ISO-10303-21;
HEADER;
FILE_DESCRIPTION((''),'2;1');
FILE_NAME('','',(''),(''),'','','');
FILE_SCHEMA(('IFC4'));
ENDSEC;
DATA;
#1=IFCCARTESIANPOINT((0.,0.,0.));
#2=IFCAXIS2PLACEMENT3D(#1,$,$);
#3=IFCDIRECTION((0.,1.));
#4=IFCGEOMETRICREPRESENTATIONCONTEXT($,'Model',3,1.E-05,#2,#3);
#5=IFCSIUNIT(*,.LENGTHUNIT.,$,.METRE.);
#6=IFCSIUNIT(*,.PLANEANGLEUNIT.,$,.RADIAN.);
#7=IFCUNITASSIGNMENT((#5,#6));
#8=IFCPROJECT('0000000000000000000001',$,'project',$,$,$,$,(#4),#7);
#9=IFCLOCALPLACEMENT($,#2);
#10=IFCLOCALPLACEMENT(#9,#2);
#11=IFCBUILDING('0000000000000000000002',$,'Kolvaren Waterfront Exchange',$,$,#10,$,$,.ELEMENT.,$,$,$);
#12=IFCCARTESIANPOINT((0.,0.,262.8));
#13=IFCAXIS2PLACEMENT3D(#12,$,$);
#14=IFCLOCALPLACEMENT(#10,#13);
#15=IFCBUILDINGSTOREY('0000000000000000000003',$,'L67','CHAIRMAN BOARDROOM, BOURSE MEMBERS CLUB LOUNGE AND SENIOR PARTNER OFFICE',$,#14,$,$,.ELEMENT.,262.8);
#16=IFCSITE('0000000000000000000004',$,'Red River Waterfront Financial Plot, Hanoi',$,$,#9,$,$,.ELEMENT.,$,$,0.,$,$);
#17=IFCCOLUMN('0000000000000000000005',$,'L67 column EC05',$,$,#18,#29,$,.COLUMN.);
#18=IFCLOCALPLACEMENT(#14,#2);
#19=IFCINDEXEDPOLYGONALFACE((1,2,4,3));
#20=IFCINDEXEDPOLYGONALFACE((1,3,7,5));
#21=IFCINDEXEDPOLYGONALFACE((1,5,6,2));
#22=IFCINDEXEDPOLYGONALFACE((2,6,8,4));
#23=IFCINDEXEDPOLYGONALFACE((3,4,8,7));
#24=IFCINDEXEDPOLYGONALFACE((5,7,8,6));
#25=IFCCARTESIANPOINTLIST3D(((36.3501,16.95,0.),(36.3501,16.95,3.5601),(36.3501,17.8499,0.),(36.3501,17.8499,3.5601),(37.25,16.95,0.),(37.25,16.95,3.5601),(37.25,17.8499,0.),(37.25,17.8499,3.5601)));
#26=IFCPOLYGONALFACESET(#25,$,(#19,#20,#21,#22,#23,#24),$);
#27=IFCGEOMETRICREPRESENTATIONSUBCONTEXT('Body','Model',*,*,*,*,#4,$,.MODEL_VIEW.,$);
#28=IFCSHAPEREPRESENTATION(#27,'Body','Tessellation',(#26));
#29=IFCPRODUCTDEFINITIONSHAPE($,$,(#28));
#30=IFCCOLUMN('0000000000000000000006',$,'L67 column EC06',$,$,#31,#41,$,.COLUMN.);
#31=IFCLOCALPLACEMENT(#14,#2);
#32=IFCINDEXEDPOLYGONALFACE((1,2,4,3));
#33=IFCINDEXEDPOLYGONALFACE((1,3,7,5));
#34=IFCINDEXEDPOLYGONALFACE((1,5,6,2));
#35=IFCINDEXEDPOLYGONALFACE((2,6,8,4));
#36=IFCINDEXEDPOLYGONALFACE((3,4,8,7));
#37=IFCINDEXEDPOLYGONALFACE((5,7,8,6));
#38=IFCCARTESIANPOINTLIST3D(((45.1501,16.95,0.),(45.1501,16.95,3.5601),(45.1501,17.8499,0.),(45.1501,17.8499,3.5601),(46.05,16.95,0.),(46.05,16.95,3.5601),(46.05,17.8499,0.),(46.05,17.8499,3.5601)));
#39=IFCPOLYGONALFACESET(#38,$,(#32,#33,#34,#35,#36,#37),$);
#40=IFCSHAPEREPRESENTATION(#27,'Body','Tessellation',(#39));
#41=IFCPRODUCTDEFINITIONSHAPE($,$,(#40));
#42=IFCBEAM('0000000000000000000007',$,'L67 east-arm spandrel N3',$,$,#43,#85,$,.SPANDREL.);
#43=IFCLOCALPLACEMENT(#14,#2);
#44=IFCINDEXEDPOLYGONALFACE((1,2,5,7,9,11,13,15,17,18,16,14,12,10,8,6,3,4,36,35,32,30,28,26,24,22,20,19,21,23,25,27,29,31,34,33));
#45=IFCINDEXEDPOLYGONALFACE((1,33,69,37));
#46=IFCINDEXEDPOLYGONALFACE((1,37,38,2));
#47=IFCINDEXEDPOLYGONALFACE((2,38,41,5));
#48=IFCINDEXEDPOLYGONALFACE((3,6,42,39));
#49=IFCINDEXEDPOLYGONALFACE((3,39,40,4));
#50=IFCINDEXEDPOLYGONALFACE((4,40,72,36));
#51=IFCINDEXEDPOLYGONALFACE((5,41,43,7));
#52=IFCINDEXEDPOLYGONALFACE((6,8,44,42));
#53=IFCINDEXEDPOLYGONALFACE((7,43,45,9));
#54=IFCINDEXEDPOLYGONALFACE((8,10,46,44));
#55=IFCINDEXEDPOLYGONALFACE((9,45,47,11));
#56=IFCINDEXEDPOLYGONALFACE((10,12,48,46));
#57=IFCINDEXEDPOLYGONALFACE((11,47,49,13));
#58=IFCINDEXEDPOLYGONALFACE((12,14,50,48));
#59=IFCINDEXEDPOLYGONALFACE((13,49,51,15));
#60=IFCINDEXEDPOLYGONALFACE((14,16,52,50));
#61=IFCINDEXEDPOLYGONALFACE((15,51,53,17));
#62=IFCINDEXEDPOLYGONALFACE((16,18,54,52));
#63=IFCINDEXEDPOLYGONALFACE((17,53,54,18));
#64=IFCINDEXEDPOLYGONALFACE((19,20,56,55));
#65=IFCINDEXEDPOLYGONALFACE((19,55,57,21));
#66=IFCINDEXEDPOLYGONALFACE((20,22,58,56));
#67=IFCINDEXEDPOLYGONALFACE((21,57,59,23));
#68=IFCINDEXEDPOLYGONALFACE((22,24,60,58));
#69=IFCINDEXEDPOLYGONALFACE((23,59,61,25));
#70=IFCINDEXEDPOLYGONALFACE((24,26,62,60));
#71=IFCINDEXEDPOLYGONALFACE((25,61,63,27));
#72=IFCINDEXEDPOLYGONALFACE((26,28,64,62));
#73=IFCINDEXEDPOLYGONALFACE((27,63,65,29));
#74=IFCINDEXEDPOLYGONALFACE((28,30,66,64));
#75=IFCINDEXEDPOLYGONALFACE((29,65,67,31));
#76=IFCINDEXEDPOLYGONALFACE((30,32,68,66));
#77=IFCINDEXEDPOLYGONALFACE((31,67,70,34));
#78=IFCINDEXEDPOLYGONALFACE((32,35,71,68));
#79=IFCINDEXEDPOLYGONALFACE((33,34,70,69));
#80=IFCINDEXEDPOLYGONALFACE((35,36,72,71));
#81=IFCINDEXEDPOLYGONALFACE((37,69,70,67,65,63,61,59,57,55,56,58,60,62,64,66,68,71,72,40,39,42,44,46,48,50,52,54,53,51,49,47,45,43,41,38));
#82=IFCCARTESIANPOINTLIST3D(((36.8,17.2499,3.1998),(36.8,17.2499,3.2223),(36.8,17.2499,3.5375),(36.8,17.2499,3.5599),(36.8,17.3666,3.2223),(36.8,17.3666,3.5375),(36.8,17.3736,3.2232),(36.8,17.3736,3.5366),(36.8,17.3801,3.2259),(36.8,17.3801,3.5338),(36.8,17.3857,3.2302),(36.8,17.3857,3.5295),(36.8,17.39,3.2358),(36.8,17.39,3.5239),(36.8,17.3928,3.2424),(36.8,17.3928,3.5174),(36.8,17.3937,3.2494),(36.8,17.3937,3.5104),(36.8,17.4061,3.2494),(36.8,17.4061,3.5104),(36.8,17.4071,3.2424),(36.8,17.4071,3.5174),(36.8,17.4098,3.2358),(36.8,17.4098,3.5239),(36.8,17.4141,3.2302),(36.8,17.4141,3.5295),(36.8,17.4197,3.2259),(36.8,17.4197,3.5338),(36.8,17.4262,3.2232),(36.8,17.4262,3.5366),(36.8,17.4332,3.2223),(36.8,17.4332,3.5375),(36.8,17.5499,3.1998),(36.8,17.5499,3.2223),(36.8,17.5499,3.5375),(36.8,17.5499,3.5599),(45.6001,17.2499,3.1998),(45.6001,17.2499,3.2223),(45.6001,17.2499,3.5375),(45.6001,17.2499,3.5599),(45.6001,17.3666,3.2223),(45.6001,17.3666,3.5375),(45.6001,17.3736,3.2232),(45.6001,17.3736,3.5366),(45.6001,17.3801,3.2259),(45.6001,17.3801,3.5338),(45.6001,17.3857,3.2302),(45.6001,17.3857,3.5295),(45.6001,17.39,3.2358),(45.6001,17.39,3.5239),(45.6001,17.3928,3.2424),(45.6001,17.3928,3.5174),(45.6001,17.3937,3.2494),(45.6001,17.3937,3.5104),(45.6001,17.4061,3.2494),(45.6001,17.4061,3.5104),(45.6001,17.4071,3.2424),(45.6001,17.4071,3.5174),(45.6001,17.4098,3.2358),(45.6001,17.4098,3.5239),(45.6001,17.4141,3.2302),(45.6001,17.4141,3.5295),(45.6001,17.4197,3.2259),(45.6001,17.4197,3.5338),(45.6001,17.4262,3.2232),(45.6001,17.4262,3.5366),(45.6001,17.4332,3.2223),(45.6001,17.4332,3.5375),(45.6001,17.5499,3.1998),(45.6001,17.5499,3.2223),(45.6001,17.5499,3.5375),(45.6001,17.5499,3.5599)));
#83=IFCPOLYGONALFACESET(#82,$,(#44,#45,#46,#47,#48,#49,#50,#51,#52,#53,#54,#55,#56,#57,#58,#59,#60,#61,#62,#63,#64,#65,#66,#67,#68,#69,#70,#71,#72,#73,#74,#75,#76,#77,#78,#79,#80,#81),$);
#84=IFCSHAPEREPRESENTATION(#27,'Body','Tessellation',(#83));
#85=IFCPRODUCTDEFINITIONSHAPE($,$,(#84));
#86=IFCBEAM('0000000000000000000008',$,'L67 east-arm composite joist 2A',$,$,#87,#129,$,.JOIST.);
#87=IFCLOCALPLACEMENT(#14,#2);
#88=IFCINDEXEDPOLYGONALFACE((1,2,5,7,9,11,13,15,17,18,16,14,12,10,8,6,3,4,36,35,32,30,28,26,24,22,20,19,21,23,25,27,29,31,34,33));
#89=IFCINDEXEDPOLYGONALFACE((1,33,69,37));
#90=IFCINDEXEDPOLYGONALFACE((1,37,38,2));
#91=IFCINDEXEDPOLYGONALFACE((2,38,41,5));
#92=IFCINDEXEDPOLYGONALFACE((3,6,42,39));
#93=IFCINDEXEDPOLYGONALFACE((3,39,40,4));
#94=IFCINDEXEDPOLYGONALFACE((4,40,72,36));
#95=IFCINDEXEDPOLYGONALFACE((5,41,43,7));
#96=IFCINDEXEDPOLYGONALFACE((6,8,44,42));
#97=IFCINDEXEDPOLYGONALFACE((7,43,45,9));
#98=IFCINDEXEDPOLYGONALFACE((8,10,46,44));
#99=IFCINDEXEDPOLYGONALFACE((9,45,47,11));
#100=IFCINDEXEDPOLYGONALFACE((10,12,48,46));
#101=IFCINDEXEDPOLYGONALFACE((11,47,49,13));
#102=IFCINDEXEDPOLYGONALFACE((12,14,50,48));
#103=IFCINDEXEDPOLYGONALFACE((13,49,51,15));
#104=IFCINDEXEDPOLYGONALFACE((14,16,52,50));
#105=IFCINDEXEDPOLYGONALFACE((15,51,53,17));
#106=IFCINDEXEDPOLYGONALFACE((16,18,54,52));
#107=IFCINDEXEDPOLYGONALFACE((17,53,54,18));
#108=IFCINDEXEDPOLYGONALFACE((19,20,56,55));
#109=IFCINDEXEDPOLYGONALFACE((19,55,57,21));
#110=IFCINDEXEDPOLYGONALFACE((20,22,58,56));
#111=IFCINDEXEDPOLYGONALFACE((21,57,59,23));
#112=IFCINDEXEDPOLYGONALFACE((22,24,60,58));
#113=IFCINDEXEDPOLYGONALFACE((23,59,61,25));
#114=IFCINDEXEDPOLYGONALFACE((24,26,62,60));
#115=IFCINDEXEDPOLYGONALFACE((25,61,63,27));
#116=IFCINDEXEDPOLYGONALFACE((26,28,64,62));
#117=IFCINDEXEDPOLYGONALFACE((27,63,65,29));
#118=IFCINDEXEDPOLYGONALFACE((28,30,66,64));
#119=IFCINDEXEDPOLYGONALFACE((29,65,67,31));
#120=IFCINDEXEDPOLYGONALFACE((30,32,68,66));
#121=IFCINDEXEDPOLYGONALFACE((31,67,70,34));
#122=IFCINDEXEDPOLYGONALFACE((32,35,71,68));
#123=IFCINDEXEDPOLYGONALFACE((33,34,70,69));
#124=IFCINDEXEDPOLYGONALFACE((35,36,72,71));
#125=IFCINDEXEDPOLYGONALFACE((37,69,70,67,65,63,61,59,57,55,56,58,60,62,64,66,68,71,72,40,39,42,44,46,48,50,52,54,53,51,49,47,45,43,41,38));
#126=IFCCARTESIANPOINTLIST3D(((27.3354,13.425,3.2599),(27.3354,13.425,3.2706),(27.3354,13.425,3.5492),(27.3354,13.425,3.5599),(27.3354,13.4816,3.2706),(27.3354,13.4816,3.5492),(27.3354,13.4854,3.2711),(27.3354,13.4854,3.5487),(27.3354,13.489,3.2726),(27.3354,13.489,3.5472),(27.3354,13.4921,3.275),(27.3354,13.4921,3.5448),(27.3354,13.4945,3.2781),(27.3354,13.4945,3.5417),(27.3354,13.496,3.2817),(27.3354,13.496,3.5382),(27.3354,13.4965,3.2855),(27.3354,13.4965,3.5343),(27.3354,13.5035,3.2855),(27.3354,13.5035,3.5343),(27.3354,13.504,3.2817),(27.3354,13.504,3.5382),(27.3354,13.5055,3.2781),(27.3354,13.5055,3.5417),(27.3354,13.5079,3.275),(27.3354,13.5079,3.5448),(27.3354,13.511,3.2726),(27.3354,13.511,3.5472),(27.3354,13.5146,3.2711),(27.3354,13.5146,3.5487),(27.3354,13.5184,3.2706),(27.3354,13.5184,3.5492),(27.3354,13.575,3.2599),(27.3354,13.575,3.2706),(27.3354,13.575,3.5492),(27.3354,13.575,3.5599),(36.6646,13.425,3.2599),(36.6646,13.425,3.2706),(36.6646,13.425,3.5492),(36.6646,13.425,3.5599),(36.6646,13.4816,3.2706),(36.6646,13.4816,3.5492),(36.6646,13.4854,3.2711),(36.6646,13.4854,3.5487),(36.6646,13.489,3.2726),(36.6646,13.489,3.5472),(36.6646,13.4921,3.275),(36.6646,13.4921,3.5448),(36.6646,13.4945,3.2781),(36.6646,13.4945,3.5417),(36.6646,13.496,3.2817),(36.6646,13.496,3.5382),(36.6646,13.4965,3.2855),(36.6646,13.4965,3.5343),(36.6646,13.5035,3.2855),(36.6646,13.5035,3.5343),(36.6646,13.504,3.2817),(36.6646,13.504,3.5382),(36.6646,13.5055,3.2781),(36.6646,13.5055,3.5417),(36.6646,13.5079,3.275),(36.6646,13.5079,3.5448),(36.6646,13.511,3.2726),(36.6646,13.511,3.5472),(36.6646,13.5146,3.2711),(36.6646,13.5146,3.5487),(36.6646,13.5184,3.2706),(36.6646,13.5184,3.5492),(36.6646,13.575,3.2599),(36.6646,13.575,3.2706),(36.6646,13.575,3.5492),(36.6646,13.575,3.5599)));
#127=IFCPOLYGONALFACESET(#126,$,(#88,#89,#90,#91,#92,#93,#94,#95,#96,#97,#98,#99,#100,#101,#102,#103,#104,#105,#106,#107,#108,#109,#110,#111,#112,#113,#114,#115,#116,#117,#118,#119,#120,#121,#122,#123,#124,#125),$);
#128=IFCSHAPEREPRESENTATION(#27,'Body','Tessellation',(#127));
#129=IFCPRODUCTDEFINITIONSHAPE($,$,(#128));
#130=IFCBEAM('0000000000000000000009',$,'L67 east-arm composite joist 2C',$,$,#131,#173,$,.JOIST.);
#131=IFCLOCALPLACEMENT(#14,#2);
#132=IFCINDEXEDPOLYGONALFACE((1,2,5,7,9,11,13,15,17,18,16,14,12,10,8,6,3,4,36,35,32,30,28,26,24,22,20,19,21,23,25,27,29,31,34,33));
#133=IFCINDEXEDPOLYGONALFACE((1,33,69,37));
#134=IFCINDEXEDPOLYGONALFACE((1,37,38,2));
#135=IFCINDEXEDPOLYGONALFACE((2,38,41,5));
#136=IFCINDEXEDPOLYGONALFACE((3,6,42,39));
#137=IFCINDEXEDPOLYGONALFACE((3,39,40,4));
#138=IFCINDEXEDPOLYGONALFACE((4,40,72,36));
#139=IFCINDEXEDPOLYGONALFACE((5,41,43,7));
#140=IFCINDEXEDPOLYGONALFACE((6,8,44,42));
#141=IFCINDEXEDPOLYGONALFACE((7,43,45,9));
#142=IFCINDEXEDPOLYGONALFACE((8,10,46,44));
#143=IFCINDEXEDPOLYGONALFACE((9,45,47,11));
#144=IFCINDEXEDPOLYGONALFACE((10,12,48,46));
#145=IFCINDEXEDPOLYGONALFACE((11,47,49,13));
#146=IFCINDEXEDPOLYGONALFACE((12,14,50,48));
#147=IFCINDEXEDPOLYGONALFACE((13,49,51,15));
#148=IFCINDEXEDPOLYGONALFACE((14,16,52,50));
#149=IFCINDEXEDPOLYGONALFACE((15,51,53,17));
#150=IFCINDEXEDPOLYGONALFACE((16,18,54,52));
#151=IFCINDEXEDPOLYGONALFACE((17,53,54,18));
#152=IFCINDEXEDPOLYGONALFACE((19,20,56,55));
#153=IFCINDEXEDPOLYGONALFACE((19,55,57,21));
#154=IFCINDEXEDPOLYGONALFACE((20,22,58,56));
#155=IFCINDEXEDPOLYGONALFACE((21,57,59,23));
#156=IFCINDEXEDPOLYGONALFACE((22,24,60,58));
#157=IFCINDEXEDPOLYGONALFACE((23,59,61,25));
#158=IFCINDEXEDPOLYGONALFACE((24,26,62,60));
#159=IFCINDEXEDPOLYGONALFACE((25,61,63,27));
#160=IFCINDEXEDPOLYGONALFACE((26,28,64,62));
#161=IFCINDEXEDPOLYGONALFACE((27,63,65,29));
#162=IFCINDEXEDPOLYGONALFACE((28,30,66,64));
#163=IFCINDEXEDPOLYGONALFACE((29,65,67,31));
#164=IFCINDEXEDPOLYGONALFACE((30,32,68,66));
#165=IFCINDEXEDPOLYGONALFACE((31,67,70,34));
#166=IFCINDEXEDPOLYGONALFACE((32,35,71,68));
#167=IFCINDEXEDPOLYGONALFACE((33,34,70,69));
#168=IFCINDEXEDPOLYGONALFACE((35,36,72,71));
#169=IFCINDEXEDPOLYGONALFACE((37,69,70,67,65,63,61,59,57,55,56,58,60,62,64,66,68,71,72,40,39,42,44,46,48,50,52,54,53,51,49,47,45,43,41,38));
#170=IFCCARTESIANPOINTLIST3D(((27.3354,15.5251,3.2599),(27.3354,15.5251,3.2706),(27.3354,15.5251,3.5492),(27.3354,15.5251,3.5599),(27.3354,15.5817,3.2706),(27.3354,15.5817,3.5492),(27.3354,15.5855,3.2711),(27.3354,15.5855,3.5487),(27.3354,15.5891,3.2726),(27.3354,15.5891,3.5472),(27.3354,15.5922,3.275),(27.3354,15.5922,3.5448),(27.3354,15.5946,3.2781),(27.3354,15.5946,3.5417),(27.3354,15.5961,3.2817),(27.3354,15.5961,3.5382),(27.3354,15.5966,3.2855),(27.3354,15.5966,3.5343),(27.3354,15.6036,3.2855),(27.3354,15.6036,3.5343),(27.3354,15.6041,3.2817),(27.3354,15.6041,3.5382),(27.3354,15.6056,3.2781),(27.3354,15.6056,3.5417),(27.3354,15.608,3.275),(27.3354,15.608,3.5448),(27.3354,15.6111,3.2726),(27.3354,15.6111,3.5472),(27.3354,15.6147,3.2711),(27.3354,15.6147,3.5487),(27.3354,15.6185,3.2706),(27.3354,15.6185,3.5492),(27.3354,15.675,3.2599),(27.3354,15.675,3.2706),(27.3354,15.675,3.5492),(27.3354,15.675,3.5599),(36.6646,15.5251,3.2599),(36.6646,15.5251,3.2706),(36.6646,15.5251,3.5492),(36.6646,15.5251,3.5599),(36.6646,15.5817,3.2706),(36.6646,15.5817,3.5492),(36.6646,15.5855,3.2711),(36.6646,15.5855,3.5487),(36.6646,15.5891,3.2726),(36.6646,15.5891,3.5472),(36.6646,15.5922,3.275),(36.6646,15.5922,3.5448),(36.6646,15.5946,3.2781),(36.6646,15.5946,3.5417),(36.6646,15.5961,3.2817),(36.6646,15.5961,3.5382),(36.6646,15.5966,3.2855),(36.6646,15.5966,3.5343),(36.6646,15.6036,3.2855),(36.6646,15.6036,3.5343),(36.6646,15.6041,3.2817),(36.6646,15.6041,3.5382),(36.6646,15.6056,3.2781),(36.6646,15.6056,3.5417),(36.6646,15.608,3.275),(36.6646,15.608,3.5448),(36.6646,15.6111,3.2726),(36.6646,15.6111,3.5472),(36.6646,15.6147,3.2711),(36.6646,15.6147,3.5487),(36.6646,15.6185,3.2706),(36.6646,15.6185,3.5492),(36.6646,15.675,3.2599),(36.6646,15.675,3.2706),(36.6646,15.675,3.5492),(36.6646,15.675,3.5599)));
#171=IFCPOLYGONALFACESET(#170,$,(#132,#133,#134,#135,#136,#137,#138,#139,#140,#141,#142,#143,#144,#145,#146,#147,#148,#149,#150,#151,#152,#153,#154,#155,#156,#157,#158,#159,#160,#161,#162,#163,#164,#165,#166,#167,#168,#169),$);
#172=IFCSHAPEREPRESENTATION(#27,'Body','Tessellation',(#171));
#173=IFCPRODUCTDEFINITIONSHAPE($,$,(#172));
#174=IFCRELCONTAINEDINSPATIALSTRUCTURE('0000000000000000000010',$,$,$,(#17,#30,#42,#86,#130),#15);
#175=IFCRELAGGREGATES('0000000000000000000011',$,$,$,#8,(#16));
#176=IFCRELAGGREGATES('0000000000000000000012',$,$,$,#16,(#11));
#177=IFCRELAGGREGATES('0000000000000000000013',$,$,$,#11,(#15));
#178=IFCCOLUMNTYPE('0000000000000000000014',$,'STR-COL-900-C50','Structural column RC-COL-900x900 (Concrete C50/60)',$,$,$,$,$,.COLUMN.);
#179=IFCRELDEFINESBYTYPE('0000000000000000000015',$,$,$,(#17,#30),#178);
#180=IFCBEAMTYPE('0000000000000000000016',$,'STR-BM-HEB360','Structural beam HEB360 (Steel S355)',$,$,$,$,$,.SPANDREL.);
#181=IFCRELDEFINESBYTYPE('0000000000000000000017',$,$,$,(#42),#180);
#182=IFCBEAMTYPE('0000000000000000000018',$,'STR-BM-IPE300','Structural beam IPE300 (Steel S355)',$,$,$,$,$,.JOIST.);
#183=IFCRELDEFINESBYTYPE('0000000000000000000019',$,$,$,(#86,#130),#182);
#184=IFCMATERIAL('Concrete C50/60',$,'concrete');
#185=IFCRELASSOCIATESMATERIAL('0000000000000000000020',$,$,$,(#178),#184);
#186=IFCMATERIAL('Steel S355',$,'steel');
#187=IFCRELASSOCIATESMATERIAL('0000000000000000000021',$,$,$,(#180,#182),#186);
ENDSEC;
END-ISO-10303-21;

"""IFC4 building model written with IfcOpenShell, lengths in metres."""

from ifc_helpers import new_model, si_unit, direction, frame, origin, origin_2d, place, context, subcontext, project, spatial, rectangle, i_section, extrude, material, material_profile, profile_set, type_object, element, save


model = new_model("IFC4")

# Units and contexts
model_context = context("Model", 3, precision=1e-05, world=origin(), true_north=direction((0.0, 1.0)))
body_context = subcontext(model_context, "Body", "Model", "MODEL_VIEW")
ifc_project = project(units=[si_unit("LENGTHUNIT", "METRE"), si_unit("PLANEANGLEUNIT", "RADIAN")], contexts=[model_context])

# Site, building, storey
site_placement = place(None, origin())
site = spatial("IfcSite", under=ifc_project, at=site_placement, Name="Red River Waterfront Financial Plot, Hanoi", CompositionType="ELEMENT", RefElevation=0.0)
building_placement = place(site_placement, origin())
building = spatial("IfcBuilding", under=site, at=building_placement, Name="Kolvaren Waterfront Exchange", CompositionType="ELEMENT")
storey_placement = place(building_placement, frame((0.0, 0.0, 262.8)))
storey = spatial("IfcBuildingStorey", under=building, at=storey_placement, Name="L67", Description="CHAIRMAN BOARDROOM, BOURSE MEMBERS CLUB LOUNGE AND SENIOR PARTNER OFFICE", CompositionType="ELEMENT", Elevation=262.8)

# Columns
ifc_material_1 = material(Name="Concrete C50/60", Category="concrete")
ifc_material_profile_1 = material_profile(ifc_material_1, rectangle(XDim=0.8999, YDim=0.8999, at=origin_2d()), Name="RC-COL-900x900")
ifc_profile_set_1 = profile_set([ifc_material_profile_1], Name="Concrete C50/60")
column_type = type_object("IfcColumnType", Name="STR-COL-900-C50", Description="Structural column RC-COL-900x900 (Concrete C50/60)", PredefinedType="COLUMN", material=ifc_profile_set_1)
for number, where, z_axis, x_axis, name in (
    (1, (36.8, 17.3999, 0.0), (0.0, 0.0, 1.0), (1.0, 0.0, 0.0), "L67 column EC05"),
    (2, (45.6001, 17.3999, 0.0), (0.0, 0.0, 1.0), (1.0, 0.0, 0.0), "L67 column EC06"),
):
    element("IfcColumn", number, at=place(storey_placement, frame(where, z_axis=z_axis, x_axis=x_axis)), inside=storey, type_object=column_type, Name=name, PredefinedType="COLUMN", context=body_context, shape_type="SweptSolid", body=[
        extrude(rectangle(XDim=0.8999, YDim=0.8999, at=origin_2d()), origin(), (0.0, 0.0, 1.0), 3.5601),
    ])

# Beams
ifc_material_2 = material(Name="Steel S355", Category="steel")
ifc_material_profile_2 = material_profile(ifc_material_2, i_section(OverallWidth=0.3, OverallDepth=0.3601, WebThickness=0.0125, FlangeThickness=0.0225, FilletRadius=0.0271, at=origin_2d()), Name="HEB360")
ifc_profile_set_2 = profile_set([ifc_material_profile_2], Name="Steel S355")
beam_type_1 = type_object("IfcBeamType", Name="STR-BM-HEB360", Description="Structural beam HEB360 (Steel S355)", PredefinedType="SPANDREL", material=ifc_profile_set_2)
beam_placement = place(storey_placement, frame((36.8, 17.3999, 3.3799), z_axis=(1.0, 0.0, 0.0), x_axis=(0.0, 1.0, 0.0)))
element("IfcBeam", 3, at=beam_placement, inside=storey, type_object=beam_type_1, Name="L67 east-arm spandrel N3", PredefinedType="SPANDREL", context=body_context, shape_type="SweptSolid", body=[
    extrude(i_section(OverallWidth=0.3, OverallDepth=0.3601, WebThickness=0.0125, FlangeThickness=0.0225, FilletRadius=0.0271, at=origin_2d()), origin(), (0.0, 0.0, 1.0), 8.8),
])
ifc_material_profile_3 = material_profile(ifc_material_2, i_section(OverallWidth=0.1499, OverallDepth=0.3, WebThickness=0.0071, FlangeThickness=0.0107, FilletRadius=0.0149, at=origin_2d()), Name="IPE300")
ifc_profile_set_3 = profile_set([ifc_material_profile_3], Name="Steel S355")
beam_type_2 = type_object("IfcBeamType", Name="STR-BM-IPE300", Description="Structural beam IPE300 (Steel S355)", PredefinedType="JOIST", material=ifc_profile_set_3)
for number, where, z_axis, x_axis, name in (
    (4, (27.3354, 13.5, 3.4099), (1.0, 0.0, 0.0), (0.0, 1.0, 0.0), "L67 east-arm composite joist 2A"),
    (5, (27.3354, 15.6001, 3.4099), (1.0, 0.0, 0.0), (0.0, 1.0, 0.0), "L67 east-arm composite joist 2C"),
):
    element("IfcBeam", number, at=place(storey_placement, frame(where, z_axis=z_axis, x_axis=x_axis)), inside=storey, type_object=beam_type_2, Name=name, PredefinedType="JOIST", context=body_context, shape_type="SweptSolid", body=[
        extrude(i_section(OverallWidth=0.1499, OverallDepth=0.3, WebThickness=0.0071, FlangeThickness=0.0107, FilletRadius=0.0149, at=origin_2d()), origin(), (0.0, 0.0, 1.0), 9.3291),
    ])

save(model, "model.ifc")
